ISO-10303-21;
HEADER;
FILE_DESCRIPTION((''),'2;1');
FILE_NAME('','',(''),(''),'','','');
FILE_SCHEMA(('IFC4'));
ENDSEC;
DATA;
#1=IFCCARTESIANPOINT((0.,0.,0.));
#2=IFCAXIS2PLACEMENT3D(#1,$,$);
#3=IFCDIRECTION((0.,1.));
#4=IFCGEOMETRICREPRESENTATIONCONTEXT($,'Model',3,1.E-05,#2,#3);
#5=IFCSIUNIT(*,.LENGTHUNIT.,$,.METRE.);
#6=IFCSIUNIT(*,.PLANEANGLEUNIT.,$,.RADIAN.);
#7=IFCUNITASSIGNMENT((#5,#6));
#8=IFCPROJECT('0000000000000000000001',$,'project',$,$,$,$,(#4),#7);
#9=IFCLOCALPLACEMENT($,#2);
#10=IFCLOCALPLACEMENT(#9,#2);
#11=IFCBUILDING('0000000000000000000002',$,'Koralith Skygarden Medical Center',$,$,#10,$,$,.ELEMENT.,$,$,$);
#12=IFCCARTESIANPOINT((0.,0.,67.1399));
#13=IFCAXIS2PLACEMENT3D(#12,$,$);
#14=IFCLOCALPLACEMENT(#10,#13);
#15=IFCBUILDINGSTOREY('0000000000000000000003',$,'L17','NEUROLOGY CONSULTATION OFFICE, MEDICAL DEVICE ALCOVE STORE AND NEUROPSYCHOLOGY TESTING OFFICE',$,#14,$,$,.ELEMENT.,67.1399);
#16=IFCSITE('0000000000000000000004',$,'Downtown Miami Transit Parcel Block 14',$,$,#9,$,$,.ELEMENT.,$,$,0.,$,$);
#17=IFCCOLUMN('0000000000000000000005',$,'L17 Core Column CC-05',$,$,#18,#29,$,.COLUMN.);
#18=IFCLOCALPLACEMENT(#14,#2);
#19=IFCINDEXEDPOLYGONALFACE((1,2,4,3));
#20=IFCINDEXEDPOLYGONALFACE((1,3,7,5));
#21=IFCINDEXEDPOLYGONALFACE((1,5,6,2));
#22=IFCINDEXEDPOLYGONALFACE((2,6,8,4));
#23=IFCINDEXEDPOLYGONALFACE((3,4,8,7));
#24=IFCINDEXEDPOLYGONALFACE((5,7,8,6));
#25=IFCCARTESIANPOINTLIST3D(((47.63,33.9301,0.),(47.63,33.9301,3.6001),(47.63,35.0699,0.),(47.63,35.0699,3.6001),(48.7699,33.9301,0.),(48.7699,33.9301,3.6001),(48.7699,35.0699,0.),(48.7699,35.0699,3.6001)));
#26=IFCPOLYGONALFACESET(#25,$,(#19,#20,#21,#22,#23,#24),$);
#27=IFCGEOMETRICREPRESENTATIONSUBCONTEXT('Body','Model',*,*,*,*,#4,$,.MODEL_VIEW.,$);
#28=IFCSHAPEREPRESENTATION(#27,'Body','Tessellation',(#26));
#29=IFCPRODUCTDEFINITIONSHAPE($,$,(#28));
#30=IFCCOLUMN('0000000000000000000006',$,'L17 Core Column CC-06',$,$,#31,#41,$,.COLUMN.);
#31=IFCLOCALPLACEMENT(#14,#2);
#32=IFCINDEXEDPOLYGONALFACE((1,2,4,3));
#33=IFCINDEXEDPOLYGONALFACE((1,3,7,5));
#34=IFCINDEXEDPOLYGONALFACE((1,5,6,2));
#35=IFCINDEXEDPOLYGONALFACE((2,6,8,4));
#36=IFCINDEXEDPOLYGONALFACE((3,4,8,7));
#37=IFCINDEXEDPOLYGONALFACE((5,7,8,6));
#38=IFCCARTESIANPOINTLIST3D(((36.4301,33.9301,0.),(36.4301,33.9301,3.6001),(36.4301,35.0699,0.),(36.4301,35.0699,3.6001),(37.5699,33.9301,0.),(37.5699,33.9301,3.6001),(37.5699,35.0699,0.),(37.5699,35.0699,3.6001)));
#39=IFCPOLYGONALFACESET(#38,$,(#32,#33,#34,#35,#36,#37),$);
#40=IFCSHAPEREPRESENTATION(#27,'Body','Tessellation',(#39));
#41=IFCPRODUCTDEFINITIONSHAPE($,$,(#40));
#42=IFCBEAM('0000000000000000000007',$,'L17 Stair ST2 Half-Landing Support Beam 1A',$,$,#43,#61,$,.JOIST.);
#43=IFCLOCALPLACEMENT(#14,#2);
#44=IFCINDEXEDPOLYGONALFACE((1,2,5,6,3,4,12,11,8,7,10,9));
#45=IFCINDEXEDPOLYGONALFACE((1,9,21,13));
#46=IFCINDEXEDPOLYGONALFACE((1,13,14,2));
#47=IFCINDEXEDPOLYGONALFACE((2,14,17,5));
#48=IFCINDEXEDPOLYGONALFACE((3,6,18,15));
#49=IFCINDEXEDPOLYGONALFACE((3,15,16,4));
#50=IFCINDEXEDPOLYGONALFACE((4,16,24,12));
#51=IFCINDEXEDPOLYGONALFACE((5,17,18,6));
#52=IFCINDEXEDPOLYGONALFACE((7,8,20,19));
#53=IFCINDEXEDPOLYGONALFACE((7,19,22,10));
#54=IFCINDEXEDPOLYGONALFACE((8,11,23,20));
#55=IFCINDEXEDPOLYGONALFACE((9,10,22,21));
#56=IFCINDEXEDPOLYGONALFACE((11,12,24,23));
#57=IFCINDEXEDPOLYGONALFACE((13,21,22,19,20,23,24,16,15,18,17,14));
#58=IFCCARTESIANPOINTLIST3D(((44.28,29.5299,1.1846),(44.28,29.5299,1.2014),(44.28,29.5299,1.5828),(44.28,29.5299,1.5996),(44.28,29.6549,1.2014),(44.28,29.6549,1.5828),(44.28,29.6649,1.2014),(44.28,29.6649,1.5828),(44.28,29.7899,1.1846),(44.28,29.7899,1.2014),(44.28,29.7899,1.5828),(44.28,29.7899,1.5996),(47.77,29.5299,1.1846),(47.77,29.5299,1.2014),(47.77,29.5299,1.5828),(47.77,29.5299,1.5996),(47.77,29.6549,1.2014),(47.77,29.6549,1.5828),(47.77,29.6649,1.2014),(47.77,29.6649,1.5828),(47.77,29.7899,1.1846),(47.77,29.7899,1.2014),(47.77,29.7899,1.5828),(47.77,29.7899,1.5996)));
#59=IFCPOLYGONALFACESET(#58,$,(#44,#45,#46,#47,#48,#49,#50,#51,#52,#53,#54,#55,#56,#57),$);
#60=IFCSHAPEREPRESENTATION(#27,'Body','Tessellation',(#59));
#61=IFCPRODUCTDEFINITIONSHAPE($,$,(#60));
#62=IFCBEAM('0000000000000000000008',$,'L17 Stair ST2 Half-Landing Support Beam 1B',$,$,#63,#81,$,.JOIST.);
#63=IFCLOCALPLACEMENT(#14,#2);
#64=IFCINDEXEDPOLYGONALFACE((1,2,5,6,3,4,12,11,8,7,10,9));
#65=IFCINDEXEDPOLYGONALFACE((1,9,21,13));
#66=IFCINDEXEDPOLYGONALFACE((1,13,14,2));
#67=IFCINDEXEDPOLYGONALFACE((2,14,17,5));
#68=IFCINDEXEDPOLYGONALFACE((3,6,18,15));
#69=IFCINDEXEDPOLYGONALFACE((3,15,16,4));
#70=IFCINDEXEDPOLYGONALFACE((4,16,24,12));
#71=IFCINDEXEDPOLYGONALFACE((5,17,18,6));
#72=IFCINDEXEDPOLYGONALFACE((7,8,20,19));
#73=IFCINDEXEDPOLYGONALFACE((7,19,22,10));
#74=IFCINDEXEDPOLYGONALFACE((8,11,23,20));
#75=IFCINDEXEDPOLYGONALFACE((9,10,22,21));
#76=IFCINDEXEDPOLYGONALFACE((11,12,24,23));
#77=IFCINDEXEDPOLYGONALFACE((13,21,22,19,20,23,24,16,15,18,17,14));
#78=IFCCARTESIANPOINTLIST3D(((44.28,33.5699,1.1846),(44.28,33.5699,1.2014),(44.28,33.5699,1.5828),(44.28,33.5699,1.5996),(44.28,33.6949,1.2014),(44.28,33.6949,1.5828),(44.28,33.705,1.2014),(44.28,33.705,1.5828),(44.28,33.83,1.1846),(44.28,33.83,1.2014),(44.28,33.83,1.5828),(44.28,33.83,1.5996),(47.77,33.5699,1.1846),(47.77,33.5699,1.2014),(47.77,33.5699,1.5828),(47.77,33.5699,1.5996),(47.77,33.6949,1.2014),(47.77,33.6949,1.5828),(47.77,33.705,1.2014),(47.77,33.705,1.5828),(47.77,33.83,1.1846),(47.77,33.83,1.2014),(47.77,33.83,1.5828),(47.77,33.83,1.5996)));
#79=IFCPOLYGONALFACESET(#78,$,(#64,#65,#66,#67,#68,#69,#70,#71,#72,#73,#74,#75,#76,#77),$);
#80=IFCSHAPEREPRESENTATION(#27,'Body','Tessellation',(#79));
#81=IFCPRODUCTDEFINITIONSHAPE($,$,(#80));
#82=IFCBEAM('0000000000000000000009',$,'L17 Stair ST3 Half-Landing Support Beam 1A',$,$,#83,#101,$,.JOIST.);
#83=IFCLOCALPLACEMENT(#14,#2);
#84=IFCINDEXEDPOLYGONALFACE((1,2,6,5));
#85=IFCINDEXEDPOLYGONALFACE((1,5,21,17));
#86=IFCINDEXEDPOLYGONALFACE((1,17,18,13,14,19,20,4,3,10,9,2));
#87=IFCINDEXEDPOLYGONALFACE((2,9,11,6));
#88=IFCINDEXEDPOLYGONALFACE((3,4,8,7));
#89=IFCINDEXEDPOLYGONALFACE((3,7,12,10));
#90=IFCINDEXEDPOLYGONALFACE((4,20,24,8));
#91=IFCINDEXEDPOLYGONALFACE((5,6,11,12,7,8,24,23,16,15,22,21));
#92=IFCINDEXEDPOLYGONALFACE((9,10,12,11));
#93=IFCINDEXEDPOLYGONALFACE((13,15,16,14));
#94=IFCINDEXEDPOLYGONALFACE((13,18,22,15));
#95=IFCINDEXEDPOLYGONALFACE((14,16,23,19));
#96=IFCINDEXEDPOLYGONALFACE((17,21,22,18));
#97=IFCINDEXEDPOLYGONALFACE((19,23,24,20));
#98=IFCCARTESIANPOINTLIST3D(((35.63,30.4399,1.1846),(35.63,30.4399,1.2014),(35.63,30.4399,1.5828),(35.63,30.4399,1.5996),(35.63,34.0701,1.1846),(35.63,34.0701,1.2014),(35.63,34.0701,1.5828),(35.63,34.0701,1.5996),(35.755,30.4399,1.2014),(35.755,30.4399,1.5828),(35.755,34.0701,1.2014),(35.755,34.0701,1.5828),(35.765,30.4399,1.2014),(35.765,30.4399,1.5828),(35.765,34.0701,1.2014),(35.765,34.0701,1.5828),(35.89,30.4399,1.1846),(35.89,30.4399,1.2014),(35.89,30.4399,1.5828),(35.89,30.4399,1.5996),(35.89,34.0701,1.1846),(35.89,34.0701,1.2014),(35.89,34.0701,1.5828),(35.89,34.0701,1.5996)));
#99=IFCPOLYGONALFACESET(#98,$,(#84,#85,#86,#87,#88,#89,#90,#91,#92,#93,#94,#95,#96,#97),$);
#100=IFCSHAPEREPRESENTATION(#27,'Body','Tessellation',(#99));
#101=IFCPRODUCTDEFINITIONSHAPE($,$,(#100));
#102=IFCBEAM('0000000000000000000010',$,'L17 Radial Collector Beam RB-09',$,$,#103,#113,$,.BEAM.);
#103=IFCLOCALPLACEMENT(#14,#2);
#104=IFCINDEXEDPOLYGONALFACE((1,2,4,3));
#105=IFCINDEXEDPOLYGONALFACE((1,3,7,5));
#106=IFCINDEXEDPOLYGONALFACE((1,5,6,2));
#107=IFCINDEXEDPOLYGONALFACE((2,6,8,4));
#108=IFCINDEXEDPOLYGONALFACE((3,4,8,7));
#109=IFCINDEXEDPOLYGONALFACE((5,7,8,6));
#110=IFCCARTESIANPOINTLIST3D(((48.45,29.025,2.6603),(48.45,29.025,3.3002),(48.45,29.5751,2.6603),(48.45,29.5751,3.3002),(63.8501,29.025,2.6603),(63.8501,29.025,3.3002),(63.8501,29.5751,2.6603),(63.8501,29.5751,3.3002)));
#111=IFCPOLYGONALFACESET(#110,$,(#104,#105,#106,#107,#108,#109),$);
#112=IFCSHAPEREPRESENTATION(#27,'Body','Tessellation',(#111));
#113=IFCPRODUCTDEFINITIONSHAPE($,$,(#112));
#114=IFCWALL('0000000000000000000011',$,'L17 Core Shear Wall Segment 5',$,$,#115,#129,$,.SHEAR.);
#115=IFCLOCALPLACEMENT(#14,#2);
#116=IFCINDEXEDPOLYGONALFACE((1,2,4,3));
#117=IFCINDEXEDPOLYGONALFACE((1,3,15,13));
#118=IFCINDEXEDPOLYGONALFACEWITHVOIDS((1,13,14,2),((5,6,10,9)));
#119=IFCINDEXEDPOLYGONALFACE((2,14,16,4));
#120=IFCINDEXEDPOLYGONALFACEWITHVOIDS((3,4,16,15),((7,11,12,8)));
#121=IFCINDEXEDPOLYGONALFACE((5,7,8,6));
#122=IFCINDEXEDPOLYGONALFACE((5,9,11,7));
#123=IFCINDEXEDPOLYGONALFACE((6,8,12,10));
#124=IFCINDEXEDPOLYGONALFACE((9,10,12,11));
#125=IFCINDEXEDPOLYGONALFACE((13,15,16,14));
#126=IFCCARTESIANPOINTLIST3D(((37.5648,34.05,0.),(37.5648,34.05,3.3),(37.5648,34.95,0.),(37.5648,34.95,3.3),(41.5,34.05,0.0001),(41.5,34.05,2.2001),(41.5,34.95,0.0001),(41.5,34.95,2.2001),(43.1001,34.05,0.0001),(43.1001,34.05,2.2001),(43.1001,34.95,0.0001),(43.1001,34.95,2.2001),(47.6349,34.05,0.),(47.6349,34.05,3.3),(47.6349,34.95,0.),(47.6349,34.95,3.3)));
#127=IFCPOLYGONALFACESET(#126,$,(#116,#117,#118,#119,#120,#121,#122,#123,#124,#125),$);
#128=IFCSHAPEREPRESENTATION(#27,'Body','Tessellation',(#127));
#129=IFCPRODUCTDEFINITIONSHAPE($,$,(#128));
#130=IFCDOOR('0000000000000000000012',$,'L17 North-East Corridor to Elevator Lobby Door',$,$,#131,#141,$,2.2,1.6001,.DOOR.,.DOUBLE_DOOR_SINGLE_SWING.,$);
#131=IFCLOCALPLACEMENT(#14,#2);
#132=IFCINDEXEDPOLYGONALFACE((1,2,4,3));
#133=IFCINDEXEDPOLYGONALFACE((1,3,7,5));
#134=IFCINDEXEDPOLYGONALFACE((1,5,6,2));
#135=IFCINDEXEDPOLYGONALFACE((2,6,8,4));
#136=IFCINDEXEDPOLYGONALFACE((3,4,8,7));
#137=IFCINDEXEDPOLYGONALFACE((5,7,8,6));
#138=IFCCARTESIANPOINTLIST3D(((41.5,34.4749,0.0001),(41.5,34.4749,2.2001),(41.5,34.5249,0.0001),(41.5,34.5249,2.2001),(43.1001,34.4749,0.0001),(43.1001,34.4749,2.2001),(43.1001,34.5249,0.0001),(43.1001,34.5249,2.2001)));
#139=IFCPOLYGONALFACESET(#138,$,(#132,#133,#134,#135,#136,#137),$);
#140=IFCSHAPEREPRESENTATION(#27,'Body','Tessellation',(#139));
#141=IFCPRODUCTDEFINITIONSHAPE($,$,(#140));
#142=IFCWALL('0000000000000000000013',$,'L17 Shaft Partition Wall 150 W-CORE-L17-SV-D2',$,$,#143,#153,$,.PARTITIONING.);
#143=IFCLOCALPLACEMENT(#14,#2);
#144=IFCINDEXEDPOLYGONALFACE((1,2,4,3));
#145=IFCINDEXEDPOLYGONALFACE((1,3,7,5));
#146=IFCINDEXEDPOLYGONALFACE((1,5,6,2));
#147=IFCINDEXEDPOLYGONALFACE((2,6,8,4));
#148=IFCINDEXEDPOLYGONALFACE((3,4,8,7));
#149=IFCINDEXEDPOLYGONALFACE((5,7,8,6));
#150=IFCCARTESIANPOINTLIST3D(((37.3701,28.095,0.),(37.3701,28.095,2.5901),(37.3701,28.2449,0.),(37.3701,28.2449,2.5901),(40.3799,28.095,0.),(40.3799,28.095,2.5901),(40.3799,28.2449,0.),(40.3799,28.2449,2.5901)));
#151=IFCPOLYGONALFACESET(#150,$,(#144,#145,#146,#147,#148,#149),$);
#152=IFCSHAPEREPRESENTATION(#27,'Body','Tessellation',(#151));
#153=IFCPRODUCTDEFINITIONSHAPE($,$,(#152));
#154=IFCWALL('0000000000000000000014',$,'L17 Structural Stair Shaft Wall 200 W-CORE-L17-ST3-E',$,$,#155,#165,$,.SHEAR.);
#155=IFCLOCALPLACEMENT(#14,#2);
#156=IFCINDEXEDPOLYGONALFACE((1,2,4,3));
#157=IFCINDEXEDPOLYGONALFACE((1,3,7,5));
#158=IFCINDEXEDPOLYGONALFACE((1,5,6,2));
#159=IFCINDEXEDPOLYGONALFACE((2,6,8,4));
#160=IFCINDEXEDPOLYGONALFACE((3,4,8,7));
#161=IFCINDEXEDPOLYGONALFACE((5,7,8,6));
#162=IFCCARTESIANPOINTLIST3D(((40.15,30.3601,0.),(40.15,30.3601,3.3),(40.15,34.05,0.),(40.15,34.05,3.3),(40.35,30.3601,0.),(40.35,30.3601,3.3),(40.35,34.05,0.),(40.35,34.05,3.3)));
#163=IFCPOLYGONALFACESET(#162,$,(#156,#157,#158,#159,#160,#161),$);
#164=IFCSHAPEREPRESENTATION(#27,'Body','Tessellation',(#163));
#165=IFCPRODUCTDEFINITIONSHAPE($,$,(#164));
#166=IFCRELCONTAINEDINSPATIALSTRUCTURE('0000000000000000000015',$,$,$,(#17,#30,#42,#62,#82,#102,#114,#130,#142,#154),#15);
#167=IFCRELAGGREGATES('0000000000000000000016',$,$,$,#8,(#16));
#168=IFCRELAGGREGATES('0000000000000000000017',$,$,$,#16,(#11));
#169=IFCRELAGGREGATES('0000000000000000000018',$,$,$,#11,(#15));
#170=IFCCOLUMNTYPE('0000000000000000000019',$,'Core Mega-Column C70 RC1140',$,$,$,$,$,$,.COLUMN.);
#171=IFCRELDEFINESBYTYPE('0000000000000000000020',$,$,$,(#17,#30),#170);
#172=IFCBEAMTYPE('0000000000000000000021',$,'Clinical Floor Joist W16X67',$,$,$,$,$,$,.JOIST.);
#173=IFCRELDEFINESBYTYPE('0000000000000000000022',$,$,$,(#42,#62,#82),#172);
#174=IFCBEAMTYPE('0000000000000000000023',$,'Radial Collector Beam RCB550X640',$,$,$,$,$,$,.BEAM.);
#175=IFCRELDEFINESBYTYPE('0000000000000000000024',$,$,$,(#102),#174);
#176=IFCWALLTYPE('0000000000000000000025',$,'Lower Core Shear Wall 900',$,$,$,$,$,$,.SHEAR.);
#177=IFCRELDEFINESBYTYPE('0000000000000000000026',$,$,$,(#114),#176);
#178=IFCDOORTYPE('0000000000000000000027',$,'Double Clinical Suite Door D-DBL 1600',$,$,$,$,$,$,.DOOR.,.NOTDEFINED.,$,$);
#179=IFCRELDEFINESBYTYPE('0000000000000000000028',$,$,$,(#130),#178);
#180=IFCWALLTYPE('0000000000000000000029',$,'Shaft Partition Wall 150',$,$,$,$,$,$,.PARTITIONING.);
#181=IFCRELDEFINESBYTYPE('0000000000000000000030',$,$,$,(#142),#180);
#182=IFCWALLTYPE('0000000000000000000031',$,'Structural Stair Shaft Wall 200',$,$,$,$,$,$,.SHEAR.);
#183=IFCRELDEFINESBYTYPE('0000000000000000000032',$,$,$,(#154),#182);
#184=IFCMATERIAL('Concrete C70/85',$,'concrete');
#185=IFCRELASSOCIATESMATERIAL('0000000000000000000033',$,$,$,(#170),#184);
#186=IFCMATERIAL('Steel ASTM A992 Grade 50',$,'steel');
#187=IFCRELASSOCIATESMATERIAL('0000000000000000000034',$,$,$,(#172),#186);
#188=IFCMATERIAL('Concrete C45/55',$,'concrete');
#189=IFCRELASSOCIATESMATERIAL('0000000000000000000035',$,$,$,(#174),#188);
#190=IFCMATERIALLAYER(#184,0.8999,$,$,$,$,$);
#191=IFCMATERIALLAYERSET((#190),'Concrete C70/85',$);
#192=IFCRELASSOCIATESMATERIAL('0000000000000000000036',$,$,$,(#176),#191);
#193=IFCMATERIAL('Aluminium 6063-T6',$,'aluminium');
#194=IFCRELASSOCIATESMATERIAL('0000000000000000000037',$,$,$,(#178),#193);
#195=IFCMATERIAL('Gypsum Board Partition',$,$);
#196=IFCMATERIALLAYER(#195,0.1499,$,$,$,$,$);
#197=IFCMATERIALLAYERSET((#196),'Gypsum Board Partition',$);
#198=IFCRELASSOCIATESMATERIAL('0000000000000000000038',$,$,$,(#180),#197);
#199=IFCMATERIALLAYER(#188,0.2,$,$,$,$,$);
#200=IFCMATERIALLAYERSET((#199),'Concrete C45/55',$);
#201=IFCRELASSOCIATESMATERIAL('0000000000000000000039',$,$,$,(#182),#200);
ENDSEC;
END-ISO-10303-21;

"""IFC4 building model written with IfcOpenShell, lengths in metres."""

from ifc_helpers import new_model, si_unit, direction, frame, frame_2d, origin, origin_2d, place, context, subcontext, project, spatial, rectangle, i_section, extrude, material, layer, layer_set, material_profile, profile_set, type_object, element, fill, save


model = new_model("IFC4")

# Units and contexts
model_context = context("Model", 3, precision=1e-05, world=origin(), true_north=direction((0.0, 1.0)))
body_context = subcontext(model_context, "Body", "Model", "MODEL_VIEW")
ifc_project = project(units=[si_unit("LENGTHUNIT", "METRE"), si_unit("PLANEANGLEUNIT", "RADIAN")], contexts=[model_context])

# Site, building, storey
site_placement = place(None, origin())
site = spatial("IfcSite", under=ifc_project, at=site_placement, Name="Downtown Miami Transit Parcel Block 14", CompositionType="ELEMENT", RefElevation=0.0)
building_placement = place(site_placement, origin())
building = spatial("IfcBuilding", under=site, at=building_placement, Name="Koralith Skygarden Medical Center", CompositionType="ELEMENT")
storey_placement = place(building_placement, frame((0.0, 0.0, 67.1399)))
storey = spatial("IfcBuildingStorey", under=building, at=storey_placement, Name="L17", Description="NEUROLOGY CONSULTATION OFFICE, MEDICAL DEVICE ALCOVE STORE AND NEUROPSYCHOLOGY TESTING OFFICE", CompositionType="ELEMENT", Elevation=67.1399)

# Columns
ifc_material_1 = material(Name="Concrete C70/85", Category="concrete")
ifc_material_profile_1 = material_profile(ifc_material_1, rectangle(XDim=1.1399, YDim=1.1399, at=origin_2d()), Name="RC1140X1140")
ifc_profile_set_1 = profile_set([ifc_material_profile_1], Name="Concrete C70/85")
column_type = type_object("IfcColumnType", Name="Core Mega-Column C70 RC1140", PredefinedType="COLUMN", material=ifc_profile_set_1)
for number, where, z_axis, x_axis, name in (
    (1, (48.2, 34.5, 0.0), (0.0, 0.0, 1.0), (1.0, 0.0, 0.0), "L17 Core Column CC-05"),
    (2, (37.0, 34.5, 0.0), (0.0, 0.0, 1.0), (1.0, 0.0, 0.0), "L17 Core Column CC-06"),
):
    element("IfcColumn", number, at=place(storey_placement, frame(where, z_axis=z_axis, x_axis=x_axis)), inside=storey, type_object=column_type, Name=name, PredefinedType="COLUMN", context=body_context, shape_type="SweptSolid", body=[
        extrude(rectangle(XDim=1.1399, YDim=1.1399, at=origin_2d()), origin(), (0.0, 0.0, 1.0), 3.6001),
    ])

# Beams
ifc_material_2 = material(Name="Steel ASTM A992 Grade 50", Category="steel")
ifc_material_profile_2 = material_profile(ifc_material_2, i_section(OverallWidth=0.26, OverallDepth=0.415, WebThickness=0.01, FlangeThickness=0.0168, at=origin_2d()), Name="W16X67")
ifc_profile_set_2 = profile_set([ifc_material_profile_2], Name="Steel ASTM A992 Grade 50")
beam_type_1 = type_object("IfcBeamType", Name="Clinical Floor Joist W16X67", PredefinedType="JOIST", material=ifc_profile_set_2)
for number, where, z_axis, x_axis, name in (
    (3, (44.28, 29.6599, 1.3921), (1.0, 0.0, 0.0), (0.0, 1.0, 0.0), "L17 Stair ST2 Half-Landing Support Beam 1A"),
    (4, (44.28, 33.7, 1.3921), (1.0, 0.0, 0.0), (0.0, 1.0, 0.0), "L17 Stair ST2 Half-Landing Support Beam 1B"),
):
    element("IfcBeam", number, at=place(storey_placement, frame(where, z_axis=z_axis, x_axis=x_axis)), inside=storey, type_object=beam_type_1, Name=name, PredefinedType="JOIST", context=body_context, shape_type="SweptSolid", body=[
        extrude(i_section(OverallWidth=0.26, OverallDepth=0.415, WebThickness=0.01, FlangeThickness=0.0168, at=origin_2d()), origin(), (0.0, 0.0, 1.0), 3.49),
    ])
beam_1_placement = place(storey_placement, frame((35.76, 30.4399, 1.3921), z_axis=(0.0, 1.0, 0.0), x_axis=(-1.0, 0.0, 0.0)))
element("IfcBeam", 5, at=beam_1_placement, inside=storey, type_object=beam_type_1, Name="L17 Stair ST3 Half-Landing Support Beam 1A", PredefinedType="JOIST", context=body_context, shape_type="SweptSolid", body=[
    extrude(i_section(OverallWidth=0.26, OverallDepth=0.415, WebThickness=0.01, FlangeThickness=0.0168, at=origin_2d()), origin(), (0.0, 0.0, 1.0), 3.6301),
])
ifc_material_3 = material(Name="Concrete C45/55", Category="concrete")
ifc_material_profile_3 = material_profile(ifc_material_3, rectangle(XDim=0.55, YDim=0.6399, at=origin_2d()), Name="RCB550X640")
ifc_profile_set_3 = profile_set([ifc_material_profile_3], Name="Concrete C45/55")
beam_type_2 = type_object("IfcBeamType", Name="Radial Collector Beam RCB550X640", PredefinedType="BEAM", material=ifc_profile_set_3)
beam_2_placement = place(storey_placement, frame((48.45, 29.3, 2.9802), z_axis=(1.0, 0.0, 0.0), x_axis=(0.0, 1.0, 0.0)))
element("IfcBeam", 6, at=beam_2_placement, inside=storey, type_object=beam_type_2, Name="L17 Radial Collector Beam RB-09", PredefinedType="BEAM", context=body_context, shape_type="SweptSolid", body=[
    extrude(rectangle(XDim=0.55, YDim=0.6399, at=origin_2d()), origin(), (0.0, 0.0, 1.0), 15.4001),
])

# Wall, opening, door
ifc_layer_1 = layer(ifc_material_1, 0.8999)
ifc_layer_set_1 = layer_set([ifc_layer_1], Name="Concrete C70/85")
wall_type_1 = type_object("IfcWallType", Name="Lower Core Shear Wall 900", PredefinedType="SHEAR", material=ifc_layer_set_1)
wall_1_placement = place(storey_placement, frame((47.635, 34.5, 0.0), z_axis=(0.0, 0.0, 1.0), x_axis=(-1.0, 0.0, 0.0)))
wall_1 = element("IfcWall", 7, at=wall_1_placement, inside=storey, type_object=wall_type_1, Name="L17 Core Shear Wall Segment 5", PredefinedType="SHEAR", context=body_context, shape_type="SweptSolid", body=[
    extrude(rectangle(XDim=10.0701, YDim=0.8999, at=frame_2d((5.0352, 0.0))), origin(), (0.0, 0.0, 1.0), 3.3),
])
opening_1_placement = place(wall_1_placement, frame((4.5349, 0.0, 0.0)))
opening_1 = element("IfcOpeningElement", 8, at=opening_1_placement, cuts=wall_1, PredefinedType="OPENING", context=body_context, shape_type="SweptSolid", body=[
    extrude(rectangle(XDim=1.6001, YDim=2.2, at=frame_2d((0.8, 1.1001))), frame((0.0, 0.46, 0.0), z_axis=(0.0, -1.0, 0.0), x_axis=(1.0, 0.0, 0.0)), (0.0, 0.0, 1.0), 0.9199),
])
ifc_material_4 = material(Name="Aluminium 6063-T6", Category="aluminium")
door_type_1 = type_object("IfcDoorType", Name="Double Clinical Suite Door D-DBL 1600", OperationType="NOTDEFINED", PredefinedType="DOOR", material=ifc_material_4)
door_1_placement = place(opening_1_placement, frame((1.6001, 0.0, 0.0), z_axis=(0.0, 0.0, 1.0), x_axis=(-1.0, 0.0, 0.0)))
door_1 = element("IfcDoor", 9, at=door_1_placement, inside=storey, type_object=door_type_1, Name="L17 North-East Corridor to Elevator Lobby Door", OperationType="DOUBLE_DOOR_SINGLE_SWING", OverallHeight=2.2, OverallWidth=1.6001, PredefinedType="DOOR", context=body_context, shape_type="SweptSolid", body=[
    extrude(rectangle(XDim=1.6001, YDim=2.2, at=frame_2d((0.8, 1.1001))), frame((0.0, 0.0249, 0.0), z_axis=(0.0, -1.0, 0.0), x_axis=(1.0, 0.0, 0.0)), (0.0, 0.0, 1.0), 0.05),
])
fill(opening_1, door_1)

# Walls
ifc_material_5 = material(Name="Gypsum Board Partition")
ifc_layer_2 = layer(ifc_material_5, 0.1499)
ifc_layer_set_2 = layer_set([ifc_layer_2], Name="Gypsum Board Partition")
wall_type_2 = type_object("IfcWallType", Name="Shaft Partition Wall 150", PredefinedType="PARTITIONING", material=ifc_layer_set_2)
wall_2_placement = place(storey_placement, frame((37.3701, 28.1699, 0.0), z_axis=(0.0, 0.0, 1.0), x_axis=(1.0, 0.0, 0.0)))
element("IfcWall", 10, at=wall_2_placement, inside=storey, type_object=wall_type_2, Name="L17 Shaft Partition Wall 150 W-CORE-L17-SV-D2", PredefinedType="PARTITIONING", context=body_context, shape_type="SweptSolid", body=[
    extrude(rectangle(XDim=3.0098, YDim=0.1499, at=frame_2d((1.5049, 0.0))), origin(), (0.0, 0.0, 1.0), 2.5901),
])
ifc_layer_3 = layer(ifc_material_3, 0.2)
ifc_layer_set_3 = layer_set([ifc_layer_3], Name="Concrete C45/55")
wall_type_3 = type_object("IfcWallType", Name="Structural Stair Shaft Wall 200", PredefinedType="SHEAR", material=ifc_layer_set_3)
wall_3_placement = place(storey_placement, frame((40.25, 30.3601, 0.0), z_axis=(0.0, 0.0, 1.0), x_axis=(0.0, 1.0, 0.0)))
element("IfcWall", 11, at=wall_3_placement, inside=storey, type_object=wall_type_3, Name="L17 Structural Stair Shaft Wall 200 W-CORE-L17-ST3-E", PredefinedType="SHEAR", context=body_context, shape_type="SweptSolid", body=[
    extrude(rectangle(XDim=3.6899, YDim=0.2, at=frame_2d((1.845, 0.0))), origin(), (0.0, 0.0, 1.0), 3.3),
])

save(model, "model.ifc")
